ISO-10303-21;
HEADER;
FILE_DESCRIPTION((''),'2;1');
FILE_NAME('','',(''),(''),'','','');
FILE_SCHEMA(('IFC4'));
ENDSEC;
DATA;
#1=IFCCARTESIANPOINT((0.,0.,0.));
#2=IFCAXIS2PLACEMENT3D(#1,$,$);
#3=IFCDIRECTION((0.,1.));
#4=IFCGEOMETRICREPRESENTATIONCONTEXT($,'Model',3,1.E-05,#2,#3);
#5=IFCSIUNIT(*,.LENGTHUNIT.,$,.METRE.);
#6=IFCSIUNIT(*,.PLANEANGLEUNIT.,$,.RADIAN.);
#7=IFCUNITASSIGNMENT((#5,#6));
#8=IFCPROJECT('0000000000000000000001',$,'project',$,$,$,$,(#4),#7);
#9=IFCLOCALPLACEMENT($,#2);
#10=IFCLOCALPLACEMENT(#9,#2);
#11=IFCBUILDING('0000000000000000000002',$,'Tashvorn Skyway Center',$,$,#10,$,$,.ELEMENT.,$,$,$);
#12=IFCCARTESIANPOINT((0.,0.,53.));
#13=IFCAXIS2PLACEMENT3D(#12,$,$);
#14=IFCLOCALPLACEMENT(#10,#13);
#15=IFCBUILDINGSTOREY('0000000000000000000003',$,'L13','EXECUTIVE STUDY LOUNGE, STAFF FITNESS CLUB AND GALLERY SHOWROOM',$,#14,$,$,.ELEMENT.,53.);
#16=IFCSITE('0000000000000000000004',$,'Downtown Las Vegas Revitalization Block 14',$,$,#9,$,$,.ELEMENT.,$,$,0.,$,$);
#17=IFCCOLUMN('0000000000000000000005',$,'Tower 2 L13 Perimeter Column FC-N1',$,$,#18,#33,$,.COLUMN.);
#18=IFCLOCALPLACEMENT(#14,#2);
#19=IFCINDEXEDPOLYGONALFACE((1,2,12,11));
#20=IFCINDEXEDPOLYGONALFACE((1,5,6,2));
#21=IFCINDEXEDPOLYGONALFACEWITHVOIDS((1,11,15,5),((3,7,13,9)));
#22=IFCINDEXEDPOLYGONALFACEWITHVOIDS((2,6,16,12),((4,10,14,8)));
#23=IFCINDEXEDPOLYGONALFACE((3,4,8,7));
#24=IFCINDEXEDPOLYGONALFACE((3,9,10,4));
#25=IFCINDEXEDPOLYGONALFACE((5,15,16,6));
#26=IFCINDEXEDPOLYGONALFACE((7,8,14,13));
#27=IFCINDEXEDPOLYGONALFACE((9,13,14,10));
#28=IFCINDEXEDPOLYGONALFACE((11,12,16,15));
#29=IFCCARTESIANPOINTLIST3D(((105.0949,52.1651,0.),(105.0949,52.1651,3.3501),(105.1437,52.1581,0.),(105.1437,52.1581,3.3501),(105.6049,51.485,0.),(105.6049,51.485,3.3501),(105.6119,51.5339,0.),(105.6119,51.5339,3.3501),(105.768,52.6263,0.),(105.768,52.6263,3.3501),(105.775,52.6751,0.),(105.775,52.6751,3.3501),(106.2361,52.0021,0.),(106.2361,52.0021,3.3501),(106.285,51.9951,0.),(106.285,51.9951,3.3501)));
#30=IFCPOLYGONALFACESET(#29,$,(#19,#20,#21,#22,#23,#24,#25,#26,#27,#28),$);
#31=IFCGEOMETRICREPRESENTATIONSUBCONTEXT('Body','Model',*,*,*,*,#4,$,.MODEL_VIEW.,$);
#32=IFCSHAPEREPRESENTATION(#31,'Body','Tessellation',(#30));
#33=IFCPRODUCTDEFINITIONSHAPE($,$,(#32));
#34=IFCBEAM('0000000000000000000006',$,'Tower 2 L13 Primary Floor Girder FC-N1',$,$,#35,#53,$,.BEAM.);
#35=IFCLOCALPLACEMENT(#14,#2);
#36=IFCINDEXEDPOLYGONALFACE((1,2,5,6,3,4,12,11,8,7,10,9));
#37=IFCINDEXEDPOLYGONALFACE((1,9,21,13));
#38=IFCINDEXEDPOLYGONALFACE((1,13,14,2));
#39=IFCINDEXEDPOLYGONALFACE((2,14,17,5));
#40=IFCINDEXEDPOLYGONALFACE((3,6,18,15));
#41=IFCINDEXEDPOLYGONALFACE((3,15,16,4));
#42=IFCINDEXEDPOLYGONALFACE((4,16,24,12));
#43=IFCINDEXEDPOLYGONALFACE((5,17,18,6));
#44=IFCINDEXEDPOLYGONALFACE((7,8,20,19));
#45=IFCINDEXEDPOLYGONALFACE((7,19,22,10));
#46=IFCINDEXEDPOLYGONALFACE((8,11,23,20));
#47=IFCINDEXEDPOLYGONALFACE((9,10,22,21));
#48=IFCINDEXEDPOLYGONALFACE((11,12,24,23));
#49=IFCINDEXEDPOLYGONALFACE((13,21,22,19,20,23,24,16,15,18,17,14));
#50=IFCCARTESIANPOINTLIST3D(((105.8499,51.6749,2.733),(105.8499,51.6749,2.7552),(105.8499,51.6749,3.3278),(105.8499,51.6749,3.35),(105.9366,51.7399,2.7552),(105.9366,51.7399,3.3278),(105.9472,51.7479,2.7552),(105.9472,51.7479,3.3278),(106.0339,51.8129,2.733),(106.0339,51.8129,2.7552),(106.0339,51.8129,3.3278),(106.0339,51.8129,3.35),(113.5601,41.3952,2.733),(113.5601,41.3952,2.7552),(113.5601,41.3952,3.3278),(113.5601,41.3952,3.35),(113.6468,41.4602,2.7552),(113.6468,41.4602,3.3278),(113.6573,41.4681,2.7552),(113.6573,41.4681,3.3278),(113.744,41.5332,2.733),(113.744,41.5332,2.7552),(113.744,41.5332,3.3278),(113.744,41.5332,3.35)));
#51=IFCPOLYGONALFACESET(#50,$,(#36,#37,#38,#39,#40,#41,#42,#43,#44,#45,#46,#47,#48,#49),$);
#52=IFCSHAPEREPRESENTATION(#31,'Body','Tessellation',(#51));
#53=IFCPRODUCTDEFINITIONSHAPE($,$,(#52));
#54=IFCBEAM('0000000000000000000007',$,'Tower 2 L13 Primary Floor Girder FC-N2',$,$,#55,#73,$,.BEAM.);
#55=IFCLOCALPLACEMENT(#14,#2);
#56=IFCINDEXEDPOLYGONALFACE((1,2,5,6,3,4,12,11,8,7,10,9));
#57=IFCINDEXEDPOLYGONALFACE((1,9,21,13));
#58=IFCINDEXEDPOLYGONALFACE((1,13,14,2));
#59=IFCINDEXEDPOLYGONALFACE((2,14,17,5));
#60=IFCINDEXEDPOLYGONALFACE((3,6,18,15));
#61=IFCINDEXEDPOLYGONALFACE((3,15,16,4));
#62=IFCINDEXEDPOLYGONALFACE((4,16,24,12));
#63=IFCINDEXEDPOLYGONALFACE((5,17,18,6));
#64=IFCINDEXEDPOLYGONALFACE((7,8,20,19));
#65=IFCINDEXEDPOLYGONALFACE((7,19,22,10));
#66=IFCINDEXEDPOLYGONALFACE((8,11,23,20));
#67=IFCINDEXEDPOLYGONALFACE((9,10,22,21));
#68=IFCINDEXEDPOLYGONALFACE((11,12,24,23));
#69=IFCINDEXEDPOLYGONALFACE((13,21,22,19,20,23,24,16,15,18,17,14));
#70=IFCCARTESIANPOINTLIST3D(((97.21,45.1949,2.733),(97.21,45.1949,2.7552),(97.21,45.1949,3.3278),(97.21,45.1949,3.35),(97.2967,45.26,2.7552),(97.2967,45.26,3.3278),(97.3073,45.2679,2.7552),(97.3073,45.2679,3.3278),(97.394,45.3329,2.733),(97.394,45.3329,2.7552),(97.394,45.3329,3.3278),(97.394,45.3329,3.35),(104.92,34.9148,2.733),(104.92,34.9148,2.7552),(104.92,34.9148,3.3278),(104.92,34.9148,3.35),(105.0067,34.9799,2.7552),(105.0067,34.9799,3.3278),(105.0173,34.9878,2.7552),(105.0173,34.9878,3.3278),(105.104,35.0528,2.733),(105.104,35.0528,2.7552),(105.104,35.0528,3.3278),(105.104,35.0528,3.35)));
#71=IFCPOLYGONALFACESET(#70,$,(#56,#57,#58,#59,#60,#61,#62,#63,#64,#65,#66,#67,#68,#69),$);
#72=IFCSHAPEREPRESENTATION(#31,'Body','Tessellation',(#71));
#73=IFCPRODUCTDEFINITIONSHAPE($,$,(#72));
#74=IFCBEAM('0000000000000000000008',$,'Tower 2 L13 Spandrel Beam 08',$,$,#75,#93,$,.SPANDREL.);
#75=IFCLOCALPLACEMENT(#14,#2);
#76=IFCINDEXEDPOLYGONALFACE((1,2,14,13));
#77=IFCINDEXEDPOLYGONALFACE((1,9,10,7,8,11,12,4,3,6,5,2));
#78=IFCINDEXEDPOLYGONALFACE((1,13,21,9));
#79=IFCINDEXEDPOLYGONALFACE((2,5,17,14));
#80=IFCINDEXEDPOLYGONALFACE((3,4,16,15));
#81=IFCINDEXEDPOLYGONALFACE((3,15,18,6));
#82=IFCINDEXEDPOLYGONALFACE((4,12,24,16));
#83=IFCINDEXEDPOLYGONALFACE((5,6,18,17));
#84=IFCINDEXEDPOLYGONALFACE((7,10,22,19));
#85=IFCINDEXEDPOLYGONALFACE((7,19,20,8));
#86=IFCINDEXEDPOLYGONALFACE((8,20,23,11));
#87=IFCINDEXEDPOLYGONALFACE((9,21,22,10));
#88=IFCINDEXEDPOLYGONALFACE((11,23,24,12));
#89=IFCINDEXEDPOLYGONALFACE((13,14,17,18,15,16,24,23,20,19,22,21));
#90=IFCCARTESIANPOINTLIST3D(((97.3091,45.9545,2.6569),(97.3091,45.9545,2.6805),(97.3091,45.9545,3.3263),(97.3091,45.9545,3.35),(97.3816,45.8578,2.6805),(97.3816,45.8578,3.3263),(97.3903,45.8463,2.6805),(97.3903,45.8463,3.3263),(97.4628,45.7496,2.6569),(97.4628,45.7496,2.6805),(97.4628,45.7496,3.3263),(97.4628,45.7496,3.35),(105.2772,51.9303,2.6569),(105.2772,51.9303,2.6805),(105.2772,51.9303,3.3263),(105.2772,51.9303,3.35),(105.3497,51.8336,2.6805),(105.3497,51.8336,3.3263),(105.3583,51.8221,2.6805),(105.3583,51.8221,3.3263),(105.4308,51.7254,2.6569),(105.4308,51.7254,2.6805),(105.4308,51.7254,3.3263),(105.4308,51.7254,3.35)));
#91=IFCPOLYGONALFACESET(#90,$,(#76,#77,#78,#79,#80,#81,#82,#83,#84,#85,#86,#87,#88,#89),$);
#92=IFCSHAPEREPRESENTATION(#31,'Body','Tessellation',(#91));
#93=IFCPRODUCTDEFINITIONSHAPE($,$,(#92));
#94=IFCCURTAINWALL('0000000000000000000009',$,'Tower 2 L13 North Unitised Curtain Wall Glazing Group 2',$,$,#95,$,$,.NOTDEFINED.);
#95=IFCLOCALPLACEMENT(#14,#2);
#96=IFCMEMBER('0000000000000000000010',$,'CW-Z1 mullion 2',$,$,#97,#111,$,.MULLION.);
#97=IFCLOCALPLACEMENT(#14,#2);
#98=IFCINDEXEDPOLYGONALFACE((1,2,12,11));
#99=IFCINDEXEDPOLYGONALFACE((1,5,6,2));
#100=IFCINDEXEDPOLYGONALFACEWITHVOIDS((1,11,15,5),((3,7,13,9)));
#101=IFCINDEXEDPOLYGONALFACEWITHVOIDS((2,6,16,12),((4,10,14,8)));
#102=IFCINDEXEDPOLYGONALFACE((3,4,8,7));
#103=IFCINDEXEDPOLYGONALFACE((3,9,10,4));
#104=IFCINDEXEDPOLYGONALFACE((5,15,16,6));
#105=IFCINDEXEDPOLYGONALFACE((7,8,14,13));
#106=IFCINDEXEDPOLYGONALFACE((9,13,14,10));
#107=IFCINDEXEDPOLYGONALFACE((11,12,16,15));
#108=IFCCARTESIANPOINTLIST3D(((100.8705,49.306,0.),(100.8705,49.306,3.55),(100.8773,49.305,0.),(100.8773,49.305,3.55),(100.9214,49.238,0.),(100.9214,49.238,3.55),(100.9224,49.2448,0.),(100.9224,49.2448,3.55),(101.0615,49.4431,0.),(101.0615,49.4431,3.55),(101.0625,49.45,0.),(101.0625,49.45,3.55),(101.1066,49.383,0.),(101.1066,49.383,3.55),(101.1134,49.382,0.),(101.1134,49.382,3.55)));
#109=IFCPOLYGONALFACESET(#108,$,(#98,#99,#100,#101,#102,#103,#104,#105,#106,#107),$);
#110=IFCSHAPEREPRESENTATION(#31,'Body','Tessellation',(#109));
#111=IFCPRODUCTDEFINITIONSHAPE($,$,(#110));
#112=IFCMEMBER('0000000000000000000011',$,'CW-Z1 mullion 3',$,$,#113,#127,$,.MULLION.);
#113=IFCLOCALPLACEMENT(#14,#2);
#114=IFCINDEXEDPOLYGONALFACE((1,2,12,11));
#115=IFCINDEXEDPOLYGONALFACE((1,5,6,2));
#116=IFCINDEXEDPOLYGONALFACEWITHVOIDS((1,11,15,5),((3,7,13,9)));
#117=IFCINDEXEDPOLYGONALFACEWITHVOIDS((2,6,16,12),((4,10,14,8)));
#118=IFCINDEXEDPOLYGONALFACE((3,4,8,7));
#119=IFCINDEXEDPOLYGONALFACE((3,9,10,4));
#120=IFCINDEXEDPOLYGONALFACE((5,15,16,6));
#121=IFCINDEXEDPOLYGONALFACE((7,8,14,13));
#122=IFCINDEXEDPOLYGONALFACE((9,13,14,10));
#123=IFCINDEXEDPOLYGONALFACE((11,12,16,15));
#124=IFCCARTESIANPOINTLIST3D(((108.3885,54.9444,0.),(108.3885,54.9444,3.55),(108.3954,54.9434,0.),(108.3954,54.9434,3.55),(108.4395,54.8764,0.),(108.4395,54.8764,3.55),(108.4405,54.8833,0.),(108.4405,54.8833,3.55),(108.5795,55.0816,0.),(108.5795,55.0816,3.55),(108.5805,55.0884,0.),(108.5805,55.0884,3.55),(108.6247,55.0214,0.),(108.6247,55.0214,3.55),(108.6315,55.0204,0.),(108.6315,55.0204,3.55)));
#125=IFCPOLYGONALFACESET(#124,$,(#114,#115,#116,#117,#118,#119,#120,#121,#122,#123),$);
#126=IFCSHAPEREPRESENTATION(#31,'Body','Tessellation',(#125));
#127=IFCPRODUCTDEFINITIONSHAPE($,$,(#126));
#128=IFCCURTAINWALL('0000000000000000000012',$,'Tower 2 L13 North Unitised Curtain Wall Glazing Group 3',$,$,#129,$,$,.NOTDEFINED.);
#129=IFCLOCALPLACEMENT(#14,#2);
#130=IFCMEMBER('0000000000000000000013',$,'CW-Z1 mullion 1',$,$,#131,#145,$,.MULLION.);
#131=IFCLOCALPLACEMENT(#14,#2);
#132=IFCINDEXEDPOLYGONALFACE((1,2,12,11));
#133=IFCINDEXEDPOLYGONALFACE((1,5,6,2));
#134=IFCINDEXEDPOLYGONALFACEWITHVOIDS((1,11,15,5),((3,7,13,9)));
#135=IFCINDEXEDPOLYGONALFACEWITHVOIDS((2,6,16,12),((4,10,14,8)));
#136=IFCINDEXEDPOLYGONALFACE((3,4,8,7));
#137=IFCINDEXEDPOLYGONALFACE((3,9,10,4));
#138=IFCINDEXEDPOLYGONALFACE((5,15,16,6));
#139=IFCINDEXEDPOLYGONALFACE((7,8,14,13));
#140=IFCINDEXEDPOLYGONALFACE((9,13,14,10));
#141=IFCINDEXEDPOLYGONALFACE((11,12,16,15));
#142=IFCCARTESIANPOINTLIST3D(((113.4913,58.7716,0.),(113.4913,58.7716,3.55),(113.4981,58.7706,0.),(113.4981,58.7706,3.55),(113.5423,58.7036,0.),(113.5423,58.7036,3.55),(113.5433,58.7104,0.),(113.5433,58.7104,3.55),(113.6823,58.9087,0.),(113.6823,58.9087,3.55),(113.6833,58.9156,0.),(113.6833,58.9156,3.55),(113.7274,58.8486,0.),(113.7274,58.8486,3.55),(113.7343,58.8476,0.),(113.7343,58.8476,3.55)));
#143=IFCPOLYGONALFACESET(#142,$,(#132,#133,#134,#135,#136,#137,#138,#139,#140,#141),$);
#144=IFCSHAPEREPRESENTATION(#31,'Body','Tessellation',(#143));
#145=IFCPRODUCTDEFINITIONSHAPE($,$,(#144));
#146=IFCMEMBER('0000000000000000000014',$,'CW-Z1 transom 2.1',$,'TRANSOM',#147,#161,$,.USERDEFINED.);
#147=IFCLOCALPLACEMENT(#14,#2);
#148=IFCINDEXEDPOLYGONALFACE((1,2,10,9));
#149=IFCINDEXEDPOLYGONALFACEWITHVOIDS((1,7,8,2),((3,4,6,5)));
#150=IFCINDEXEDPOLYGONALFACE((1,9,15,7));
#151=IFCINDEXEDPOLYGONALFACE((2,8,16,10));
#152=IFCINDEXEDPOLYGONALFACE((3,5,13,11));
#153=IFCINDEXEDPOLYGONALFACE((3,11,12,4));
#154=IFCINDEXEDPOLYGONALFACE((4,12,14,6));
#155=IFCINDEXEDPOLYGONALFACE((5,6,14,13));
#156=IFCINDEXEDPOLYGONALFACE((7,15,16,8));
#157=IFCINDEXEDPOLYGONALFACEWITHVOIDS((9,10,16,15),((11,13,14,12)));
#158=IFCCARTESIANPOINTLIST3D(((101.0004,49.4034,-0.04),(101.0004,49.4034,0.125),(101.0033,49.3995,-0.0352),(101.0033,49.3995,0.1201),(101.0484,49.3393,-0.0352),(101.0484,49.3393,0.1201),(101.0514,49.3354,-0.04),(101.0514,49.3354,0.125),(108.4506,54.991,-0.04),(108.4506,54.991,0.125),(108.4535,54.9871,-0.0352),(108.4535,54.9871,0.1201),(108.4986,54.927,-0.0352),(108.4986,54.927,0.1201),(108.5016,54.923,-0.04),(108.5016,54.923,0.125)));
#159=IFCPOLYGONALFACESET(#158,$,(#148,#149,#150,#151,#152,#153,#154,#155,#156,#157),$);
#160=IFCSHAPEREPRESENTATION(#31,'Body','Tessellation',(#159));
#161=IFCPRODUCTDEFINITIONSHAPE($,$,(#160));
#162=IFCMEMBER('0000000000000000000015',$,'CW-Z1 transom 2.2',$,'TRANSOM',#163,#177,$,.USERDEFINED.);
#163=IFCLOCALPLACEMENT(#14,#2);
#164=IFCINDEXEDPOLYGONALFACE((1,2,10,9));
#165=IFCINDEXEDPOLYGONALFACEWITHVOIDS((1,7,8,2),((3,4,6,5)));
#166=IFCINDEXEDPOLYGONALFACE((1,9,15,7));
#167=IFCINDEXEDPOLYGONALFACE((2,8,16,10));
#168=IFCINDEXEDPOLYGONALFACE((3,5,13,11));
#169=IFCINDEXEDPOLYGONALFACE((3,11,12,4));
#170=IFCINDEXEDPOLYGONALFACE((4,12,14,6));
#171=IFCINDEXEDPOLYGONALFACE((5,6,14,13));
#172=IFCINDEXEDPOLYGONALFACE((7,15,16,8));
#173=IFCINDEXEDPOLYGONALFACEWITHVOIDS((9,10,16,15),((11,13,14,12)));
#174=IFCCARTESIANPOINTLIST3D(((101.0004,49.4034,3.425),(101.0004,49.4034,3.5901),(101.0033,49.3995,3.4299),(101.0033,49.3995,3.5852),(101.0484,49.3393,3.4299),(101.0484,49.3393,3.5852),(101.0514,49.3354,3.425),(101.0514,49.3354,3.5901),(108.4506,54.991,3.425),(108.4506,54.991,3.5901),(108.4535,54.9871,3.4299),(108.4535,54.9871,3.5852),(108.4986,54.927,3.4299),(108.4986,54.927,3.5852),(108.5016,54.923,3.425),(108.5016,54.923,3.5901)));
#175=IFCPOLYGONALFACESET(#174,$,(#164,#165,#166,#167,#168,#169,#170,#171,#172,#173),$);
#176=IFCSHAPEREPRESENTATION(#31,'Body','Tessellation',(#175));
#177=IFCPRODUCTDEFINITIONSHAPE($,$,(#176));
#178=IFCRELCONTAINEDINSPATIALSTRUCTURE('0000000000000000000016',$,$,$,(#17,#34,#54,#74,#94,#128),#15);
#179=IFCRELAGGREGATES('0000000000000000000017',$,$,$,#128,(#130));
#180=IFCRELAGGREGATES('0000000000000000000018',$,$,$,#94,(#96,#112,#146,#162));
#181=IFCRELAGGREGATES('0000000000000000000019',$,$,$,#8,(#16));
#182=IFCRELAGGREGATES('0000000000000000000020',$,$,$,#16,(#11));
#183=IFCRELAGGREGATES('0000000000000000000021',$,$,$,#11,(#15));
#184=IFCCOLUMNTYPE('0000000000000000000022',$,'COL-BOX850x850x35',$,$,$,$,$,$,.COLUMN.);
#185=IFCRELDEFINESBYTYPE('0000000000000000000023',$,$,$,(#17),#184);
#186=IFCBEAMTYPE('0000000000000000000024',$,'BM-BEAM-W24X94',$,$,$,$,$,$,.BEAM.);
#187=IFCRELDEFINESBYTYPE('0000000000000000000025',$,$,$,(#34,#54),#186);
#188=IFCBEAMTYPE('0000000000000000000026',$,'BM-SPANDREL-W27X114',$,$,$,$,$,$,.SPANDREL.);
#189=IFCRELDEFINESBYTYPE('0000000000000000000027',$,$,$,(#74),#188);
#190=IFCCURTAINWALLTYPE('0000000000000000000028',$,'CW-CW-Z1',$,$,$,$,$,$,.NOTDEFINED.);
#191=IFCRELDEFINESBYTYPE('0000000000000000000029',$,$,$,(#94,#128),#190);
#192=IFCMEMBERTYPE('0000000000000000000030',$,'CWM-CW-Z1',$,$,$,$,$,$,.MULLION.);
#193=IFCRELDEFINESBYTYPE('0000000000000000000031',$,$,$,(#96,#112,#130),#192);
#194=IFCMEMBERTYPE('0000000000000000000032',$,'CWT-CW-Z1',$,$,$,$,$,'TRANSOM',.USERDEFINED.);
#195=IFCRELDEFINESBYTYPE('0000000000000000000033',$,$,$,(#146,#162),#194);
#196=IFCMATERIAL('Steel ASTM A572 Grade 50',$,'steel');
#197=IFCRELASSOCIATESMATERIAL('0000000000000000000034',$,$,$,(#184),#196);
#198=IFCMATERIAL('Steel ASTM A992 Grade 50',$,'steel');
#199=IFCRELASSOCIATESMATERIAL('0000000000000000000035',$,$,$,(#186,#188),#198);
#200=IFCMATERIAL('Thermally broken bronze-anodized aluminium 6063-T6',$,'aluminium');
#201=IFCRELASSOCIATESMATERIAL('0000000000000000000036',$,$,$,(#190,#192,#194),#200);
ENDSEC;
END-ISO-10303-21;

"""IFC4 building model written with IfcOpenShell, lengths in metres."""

from ifc_helpers import new_model, si_unit, direction, frame, origin, origin_2d, place, context, subcontext, project, spatial, hollow_rectangle, i_section, extrude, material, material_profile, profile_set, type_object, element, aggregate, save


model = new_model("IFC4")

# Units and contexts
model_context = context("Model", 3, precision=1e-05, world=origin(), true_north=direction((0.0, 1.0)))
body_context = subcontext(model_context, "Body", "Model", "MODEL_VIEW")
ifc_project = project(units=[si_unit("LENGTHUNIT", "METRE"), si_unit("PLANEANGLEUNIT", "RADIAN")], contexts=[model_context])

# Site, building, storey
site_placement = place(None, origin())
site = spatial("IfcSite", under=ifc_project, at=site_placement, Name="Downtown Las Vegas Revitalization Block 14", CompositionType="ELEMENT", RefElevation=0.0)
building_placement = place(site_placement, origin())
building = spatial("IfcBuilding", under=site, at=building_placement, Name="Tashvorn Skyway Center", CompositionType="ELEMENT")
storey_placement = place(building_placement, frame((0.0, 0.0, 53.0)))
storey = spatial("IfcBuildingStorey", under=building, at=storey_placement, Name="L13", Description="EXECUTIVE STUDY LOUNGE, STAFF FITNESS CLUB AND GALLERY SHOWROOM", CompositionType="ELEMENT", Elevation=53.0)

# Column
ifc_material_1 = material(Name="Steel ASTM A572 Grade 50", Category="steel")
ifc_material_profile_1 = material_profile(ifc_material_1, hollow_rectangle(XDim=0.8501, YDim=0.8501, WallThickness=0.0349, at=origin_2d()), Name="BOX850x850x35")
ifc_profile_set_1 = profile_set([ifc_material_profile_1], Name="Steel ASTM A572 Grade 50")
column_type = type_object("IfcColumnType", Name="COL-BOX850x850x35", PredefinedType="COLUMN", material=ifc_profile_set_1)
column_placement = place(storey_placement, frame((105.6899, 52.0801, 0.0), z_axis=(0.0, 0.0, 1.0), x_axis=(0.8, 0.6, 0.0)))
element("IfcColumn", 1, at=column_placement, inside=storey, type_object=column_type, Name="Tower 2 L13 Perimeter Column FC-N1", PredefinedType="COLUMN", context=body_context, shape_type="SweptSolid", body=[
    extrude(hollow_rectangle(XDim=0.8501, YDim=0.8501, WallThickness=0.0349, at=origin_2d()), origin(), (0.0, 0.0, 1.0), 3.3501),
])

# Beams
ifc_material_2 = material(Name="Steel ASTM A992 Grade 50", Category="steel")
ifc_material_profile_2 = material_profile(ifc_material_2, i_section(OverallWidth=0.23, OverallDepth=0.6169, WebThickness=0.0132, FlangeThickness=0.0222, at=origin_2d()), Name="W24X94")
ifc_profile_set_2 = profile_set([ifc_material_profile_2], Name="Steel ASTM A992 Grade 50")
beam_type_1 = type_object("IfcBeamType", Name="BM-BEAM-W24X94", PredefinedType="BEAM", material=ifc_profile_set_2)
beam_1_placement = place(storey_placement, frame((105.9419, 51.7439, 3.0415), z_axis=(0.600018, -0.799986, 0.0), x_axis=(0.799986, 0.600018, 0.0)))
element("IfcBeam", 2, at=beam_1_placement, inside=storey, type_object=beam_type_1, Name="Tower 2 L13 Primary Floor Girder FC-N1", PredefinedType="BEAM", context=body_context, shape_type="SweptSolid", body=[
    extrude(i_section(OverallWidth=0.23, OverallDepth=0.6169, WebThickness=0.0132, FlangeThickness=0.0222, at=origin_2d()), origin(), (0.0, 0.0, 1.0), 12.8499),
])
beam_2_placement = place(storey_placement, frame((97.302, 45.2639, 3.0415), z_axis=(0.599997, -0.800002, 0.0), x_axis=(0.800002, 0.599997, 0.0)))
element("IfcBeam", 3, at=beam_2_placement, inside=storey, type_object=beam_type_1, Name="Tower 2 L13 Primary Floor Girder FC-N2", PredefinedType="BEAM", context=body_context, shape_type="SweptSolid", body=[
    extrude(i_section(OverallWidth=0.23, OverallDepth=0.6169, WebThickness=0.0132, FlangeThickness=0.0222, at=origin_2d()), origin(), (0.0, 0.0, 1.0), 12.8501),
])
ifc_material_profile_3 = material_profile(ifc_material_2, i_section(OverallWidth=0.2561, OverallDepth=0.6931, WebThickness=0.0144, FlangeThickness=0.0237, at=origin_2d()), Name="W27X114")
ifc_profile_set_3 = profile_set([ifc_material_profile_3], Name="Steel ASTM A992 Grade 50")
beam_type_2 = type_object("IfcBeamType", Name="BM-SPANDREL-W27X114", PredefinedType="SPANDREL", material=ifc_profile_set_3)
beam_3_placement = place(storey_placement, frame((105.354, 51.8279, 3.0034), z_axis=(-0.800009, -0.599988, 0.0), x_axis=(0.599988, -0.800009, 0.0)))
element("IfcBeam", 4, at=beam_3_placement, inside=storey, type_object=beam_type_2, Name="Tower 2 L13 Spandrel Beam 08", PredefinedType="SPANDREL", context=body_context, shape_type="SweptSolid", body=[
    extrude(i_section(OverallWidth=0.2561, OverallDepth=0.6931, WebThickness=0.0144, FlangeThickness=0.0237, at=origin_2d()), origin(), (0.0, 0.0, 1.0), 9.96),
])

# Curtain wall, members
ifc_material_3 = material(Name="Thermally broken bronze-anodized aluminium 6063-T6", Category="aluminium")
curtain_wall_type = type_object("IfcCurtainWallType", Name="CW-CW-Z1", PredefinedType="NOTDEFINED", material=ifc_material_3)
curtain_wall_1_placement = place(storey_placement, origin())
curtain_wall_1 = element("IfcCurtainWall", 5, at=curtain_wall_1_placement, inside=storey, type_object=curtain_wall_type, Name="Tower 2 L13 North Unitised Curtain Wall Glazing Group 2", PredefinedType="NOTDEFINED")
ifc_material_profile_4 = material_profile(ifc_material_3, hollow_rectangle(XDim=0.085, YDim=0.24, WallThickness=0.0049, at=origin_2d()), Name="ALU-MULL-85x240")
ifc_profile_set_4 = profile_set([ifc_material_profile_4], Name="Thermally broken bronze-anodized aluminium 6063-T6")
member_type_1 = type_object("IfcMemberType", Name="CWM-CW-Z1", PredefinedType="MULLION", material=ifc_profile_set_4)
member_1_placement = place(storey_placement, frame((100.9919, 49.344, 0.0), z_axis=(0.0, 0.0, 1.0), x_axis=(-0.6, 0.8, 0.0)))
member_1 = element("IfcMember", 6, at=member_1_placement, type_object=member_type_1, Name="CW-Z1 mullion 2", PredefinedType="MULLION", context=body_context, shape_type="SweptSolid", body=[
    extrude(hollow_rectangle(XDim=0.085, YDim=0.24, WallThickness=0.0049, at=origin_2d()), origin(), (0.0, 0.0, 1.0), 3.55),
])
member_2_placement = place(storey_placement, frame((108.51, 54.9824, 0.0), z_axis=(0.0, 0.0, 1.0), x_axis=(-0.6, 0.8, 0.0)))
member_2 = element("IfcMember", 7, at=member_2_placement, type_object=member_type_1, Name="CW-Z1 mullion 3", PredefinedType="MULLION", context=body_context, shape_type="SweptSolid", body=[
    extrude(hollow_rectangle(XDim=0.085, YDim=0.24, WallThickness=0.0049, at=origin_2d()), origin(), (0.0, 0.0, 1.0), 3.55),
])

# Curtain wall, member
curtain_wall_2_placement = place(storey_placement, origin())
curtain_wall_2 = element("IfcCurtainWall", 8, at=curtain_wall_2_placement, inside=storey, type_object=curtain_wall_type, Name="Tower 2 L13 North Unitised Curtain Wall Glazing Group 3", PredefinedType="NOTDEFINED")
member_3_placement = place(storey_placement, frame((113.6128, 58.8096, 0.0), z_axis=(0.0, 0.0, 1.0), x_axis=(-0.600005, 0.799996, 0.0)))
member_3 = element("IfcMember", 9, at=member_3_placement, type_object=member_type_1, Name="CW-Z1 mullion 1", PredefinedType="MULLION", context=body_context, shape_type="SweptSolid", body=[
    extrude(hollow_rectangle(XDim=0.085, YDim=0.24, WallThickness=0.0049, at=origin_2d()), origin(), (0.0, 0.0, 1.0), 3.55),
])

# Members
ifc_material_profile_5 = material_profile(ifc_material_3, hollow_rectangle(XDim=0.085, YDim=0.165, WallThickness=0.0049, at=origin_2d()), Name="ALU-TRAN-85x165")
ifc_profile_set_5 = profile_set([ifc_material_profile_5], Name="Thermally broken bronze-anodized aluminium 6063-T6")
member_type_2 = type_object("IfcMemberType", Name="CWT-CW-Z1", ElementType="TRANSOM", PredefinedType="USERDEFINED", material=ifc_profile_set_5)
member_4_placement = place(storey_placement, frame((101.0259, 49.3694, 0.0425), z_axis=(0.8, 0.6, 0.0), x_axis=(-0.6, 0.8, 0.0)))
member_4 = element("IfcMember", 10, at=member_4_placement, type_object=member_type_2, Name="CW-Z1 transom 2.1", ObjectType="TRANSOM", PredefinedType="USERDEFINED", context=body_context, shape_type="SweptSolid", body=[
    extrude(hollow_rectangle(XDim=0.085, YDim=0.165, WallThickness=0.0049, at=origin_2d()), origin(), (0.0, 0.0, 1.0), 9.3127),
])
member_5_placement = place(storey_placement, frame((101.0259, 49.3694, 3.5076), z_axis=(0.8, 0.6, 0.0), x_axis=(-0.6, 0.8, 0.0)))
member_5 = element("IfcMember", 11, at=member_5_placement, type_object=member_type_2, Name="CW-Z1 transom 2.2", ObjectType="TRANSOM", PredefinedType="USERDEFINED", context=body_context, shape_type="SweptSolid", body=[
    extrude(hollow_rectangle(XDim=0.085, YDim=0.165, WallThickness=0.0049, at=origin_2d()), origin(), (0.0, 0.0, 1.0), 9.3127),
])
aggregate(curtain_wall_2, [member_3])

aggregate(curtain_wall_1, [member_1, member_2, member_4, member_5])

save(model, "model.ifc")
